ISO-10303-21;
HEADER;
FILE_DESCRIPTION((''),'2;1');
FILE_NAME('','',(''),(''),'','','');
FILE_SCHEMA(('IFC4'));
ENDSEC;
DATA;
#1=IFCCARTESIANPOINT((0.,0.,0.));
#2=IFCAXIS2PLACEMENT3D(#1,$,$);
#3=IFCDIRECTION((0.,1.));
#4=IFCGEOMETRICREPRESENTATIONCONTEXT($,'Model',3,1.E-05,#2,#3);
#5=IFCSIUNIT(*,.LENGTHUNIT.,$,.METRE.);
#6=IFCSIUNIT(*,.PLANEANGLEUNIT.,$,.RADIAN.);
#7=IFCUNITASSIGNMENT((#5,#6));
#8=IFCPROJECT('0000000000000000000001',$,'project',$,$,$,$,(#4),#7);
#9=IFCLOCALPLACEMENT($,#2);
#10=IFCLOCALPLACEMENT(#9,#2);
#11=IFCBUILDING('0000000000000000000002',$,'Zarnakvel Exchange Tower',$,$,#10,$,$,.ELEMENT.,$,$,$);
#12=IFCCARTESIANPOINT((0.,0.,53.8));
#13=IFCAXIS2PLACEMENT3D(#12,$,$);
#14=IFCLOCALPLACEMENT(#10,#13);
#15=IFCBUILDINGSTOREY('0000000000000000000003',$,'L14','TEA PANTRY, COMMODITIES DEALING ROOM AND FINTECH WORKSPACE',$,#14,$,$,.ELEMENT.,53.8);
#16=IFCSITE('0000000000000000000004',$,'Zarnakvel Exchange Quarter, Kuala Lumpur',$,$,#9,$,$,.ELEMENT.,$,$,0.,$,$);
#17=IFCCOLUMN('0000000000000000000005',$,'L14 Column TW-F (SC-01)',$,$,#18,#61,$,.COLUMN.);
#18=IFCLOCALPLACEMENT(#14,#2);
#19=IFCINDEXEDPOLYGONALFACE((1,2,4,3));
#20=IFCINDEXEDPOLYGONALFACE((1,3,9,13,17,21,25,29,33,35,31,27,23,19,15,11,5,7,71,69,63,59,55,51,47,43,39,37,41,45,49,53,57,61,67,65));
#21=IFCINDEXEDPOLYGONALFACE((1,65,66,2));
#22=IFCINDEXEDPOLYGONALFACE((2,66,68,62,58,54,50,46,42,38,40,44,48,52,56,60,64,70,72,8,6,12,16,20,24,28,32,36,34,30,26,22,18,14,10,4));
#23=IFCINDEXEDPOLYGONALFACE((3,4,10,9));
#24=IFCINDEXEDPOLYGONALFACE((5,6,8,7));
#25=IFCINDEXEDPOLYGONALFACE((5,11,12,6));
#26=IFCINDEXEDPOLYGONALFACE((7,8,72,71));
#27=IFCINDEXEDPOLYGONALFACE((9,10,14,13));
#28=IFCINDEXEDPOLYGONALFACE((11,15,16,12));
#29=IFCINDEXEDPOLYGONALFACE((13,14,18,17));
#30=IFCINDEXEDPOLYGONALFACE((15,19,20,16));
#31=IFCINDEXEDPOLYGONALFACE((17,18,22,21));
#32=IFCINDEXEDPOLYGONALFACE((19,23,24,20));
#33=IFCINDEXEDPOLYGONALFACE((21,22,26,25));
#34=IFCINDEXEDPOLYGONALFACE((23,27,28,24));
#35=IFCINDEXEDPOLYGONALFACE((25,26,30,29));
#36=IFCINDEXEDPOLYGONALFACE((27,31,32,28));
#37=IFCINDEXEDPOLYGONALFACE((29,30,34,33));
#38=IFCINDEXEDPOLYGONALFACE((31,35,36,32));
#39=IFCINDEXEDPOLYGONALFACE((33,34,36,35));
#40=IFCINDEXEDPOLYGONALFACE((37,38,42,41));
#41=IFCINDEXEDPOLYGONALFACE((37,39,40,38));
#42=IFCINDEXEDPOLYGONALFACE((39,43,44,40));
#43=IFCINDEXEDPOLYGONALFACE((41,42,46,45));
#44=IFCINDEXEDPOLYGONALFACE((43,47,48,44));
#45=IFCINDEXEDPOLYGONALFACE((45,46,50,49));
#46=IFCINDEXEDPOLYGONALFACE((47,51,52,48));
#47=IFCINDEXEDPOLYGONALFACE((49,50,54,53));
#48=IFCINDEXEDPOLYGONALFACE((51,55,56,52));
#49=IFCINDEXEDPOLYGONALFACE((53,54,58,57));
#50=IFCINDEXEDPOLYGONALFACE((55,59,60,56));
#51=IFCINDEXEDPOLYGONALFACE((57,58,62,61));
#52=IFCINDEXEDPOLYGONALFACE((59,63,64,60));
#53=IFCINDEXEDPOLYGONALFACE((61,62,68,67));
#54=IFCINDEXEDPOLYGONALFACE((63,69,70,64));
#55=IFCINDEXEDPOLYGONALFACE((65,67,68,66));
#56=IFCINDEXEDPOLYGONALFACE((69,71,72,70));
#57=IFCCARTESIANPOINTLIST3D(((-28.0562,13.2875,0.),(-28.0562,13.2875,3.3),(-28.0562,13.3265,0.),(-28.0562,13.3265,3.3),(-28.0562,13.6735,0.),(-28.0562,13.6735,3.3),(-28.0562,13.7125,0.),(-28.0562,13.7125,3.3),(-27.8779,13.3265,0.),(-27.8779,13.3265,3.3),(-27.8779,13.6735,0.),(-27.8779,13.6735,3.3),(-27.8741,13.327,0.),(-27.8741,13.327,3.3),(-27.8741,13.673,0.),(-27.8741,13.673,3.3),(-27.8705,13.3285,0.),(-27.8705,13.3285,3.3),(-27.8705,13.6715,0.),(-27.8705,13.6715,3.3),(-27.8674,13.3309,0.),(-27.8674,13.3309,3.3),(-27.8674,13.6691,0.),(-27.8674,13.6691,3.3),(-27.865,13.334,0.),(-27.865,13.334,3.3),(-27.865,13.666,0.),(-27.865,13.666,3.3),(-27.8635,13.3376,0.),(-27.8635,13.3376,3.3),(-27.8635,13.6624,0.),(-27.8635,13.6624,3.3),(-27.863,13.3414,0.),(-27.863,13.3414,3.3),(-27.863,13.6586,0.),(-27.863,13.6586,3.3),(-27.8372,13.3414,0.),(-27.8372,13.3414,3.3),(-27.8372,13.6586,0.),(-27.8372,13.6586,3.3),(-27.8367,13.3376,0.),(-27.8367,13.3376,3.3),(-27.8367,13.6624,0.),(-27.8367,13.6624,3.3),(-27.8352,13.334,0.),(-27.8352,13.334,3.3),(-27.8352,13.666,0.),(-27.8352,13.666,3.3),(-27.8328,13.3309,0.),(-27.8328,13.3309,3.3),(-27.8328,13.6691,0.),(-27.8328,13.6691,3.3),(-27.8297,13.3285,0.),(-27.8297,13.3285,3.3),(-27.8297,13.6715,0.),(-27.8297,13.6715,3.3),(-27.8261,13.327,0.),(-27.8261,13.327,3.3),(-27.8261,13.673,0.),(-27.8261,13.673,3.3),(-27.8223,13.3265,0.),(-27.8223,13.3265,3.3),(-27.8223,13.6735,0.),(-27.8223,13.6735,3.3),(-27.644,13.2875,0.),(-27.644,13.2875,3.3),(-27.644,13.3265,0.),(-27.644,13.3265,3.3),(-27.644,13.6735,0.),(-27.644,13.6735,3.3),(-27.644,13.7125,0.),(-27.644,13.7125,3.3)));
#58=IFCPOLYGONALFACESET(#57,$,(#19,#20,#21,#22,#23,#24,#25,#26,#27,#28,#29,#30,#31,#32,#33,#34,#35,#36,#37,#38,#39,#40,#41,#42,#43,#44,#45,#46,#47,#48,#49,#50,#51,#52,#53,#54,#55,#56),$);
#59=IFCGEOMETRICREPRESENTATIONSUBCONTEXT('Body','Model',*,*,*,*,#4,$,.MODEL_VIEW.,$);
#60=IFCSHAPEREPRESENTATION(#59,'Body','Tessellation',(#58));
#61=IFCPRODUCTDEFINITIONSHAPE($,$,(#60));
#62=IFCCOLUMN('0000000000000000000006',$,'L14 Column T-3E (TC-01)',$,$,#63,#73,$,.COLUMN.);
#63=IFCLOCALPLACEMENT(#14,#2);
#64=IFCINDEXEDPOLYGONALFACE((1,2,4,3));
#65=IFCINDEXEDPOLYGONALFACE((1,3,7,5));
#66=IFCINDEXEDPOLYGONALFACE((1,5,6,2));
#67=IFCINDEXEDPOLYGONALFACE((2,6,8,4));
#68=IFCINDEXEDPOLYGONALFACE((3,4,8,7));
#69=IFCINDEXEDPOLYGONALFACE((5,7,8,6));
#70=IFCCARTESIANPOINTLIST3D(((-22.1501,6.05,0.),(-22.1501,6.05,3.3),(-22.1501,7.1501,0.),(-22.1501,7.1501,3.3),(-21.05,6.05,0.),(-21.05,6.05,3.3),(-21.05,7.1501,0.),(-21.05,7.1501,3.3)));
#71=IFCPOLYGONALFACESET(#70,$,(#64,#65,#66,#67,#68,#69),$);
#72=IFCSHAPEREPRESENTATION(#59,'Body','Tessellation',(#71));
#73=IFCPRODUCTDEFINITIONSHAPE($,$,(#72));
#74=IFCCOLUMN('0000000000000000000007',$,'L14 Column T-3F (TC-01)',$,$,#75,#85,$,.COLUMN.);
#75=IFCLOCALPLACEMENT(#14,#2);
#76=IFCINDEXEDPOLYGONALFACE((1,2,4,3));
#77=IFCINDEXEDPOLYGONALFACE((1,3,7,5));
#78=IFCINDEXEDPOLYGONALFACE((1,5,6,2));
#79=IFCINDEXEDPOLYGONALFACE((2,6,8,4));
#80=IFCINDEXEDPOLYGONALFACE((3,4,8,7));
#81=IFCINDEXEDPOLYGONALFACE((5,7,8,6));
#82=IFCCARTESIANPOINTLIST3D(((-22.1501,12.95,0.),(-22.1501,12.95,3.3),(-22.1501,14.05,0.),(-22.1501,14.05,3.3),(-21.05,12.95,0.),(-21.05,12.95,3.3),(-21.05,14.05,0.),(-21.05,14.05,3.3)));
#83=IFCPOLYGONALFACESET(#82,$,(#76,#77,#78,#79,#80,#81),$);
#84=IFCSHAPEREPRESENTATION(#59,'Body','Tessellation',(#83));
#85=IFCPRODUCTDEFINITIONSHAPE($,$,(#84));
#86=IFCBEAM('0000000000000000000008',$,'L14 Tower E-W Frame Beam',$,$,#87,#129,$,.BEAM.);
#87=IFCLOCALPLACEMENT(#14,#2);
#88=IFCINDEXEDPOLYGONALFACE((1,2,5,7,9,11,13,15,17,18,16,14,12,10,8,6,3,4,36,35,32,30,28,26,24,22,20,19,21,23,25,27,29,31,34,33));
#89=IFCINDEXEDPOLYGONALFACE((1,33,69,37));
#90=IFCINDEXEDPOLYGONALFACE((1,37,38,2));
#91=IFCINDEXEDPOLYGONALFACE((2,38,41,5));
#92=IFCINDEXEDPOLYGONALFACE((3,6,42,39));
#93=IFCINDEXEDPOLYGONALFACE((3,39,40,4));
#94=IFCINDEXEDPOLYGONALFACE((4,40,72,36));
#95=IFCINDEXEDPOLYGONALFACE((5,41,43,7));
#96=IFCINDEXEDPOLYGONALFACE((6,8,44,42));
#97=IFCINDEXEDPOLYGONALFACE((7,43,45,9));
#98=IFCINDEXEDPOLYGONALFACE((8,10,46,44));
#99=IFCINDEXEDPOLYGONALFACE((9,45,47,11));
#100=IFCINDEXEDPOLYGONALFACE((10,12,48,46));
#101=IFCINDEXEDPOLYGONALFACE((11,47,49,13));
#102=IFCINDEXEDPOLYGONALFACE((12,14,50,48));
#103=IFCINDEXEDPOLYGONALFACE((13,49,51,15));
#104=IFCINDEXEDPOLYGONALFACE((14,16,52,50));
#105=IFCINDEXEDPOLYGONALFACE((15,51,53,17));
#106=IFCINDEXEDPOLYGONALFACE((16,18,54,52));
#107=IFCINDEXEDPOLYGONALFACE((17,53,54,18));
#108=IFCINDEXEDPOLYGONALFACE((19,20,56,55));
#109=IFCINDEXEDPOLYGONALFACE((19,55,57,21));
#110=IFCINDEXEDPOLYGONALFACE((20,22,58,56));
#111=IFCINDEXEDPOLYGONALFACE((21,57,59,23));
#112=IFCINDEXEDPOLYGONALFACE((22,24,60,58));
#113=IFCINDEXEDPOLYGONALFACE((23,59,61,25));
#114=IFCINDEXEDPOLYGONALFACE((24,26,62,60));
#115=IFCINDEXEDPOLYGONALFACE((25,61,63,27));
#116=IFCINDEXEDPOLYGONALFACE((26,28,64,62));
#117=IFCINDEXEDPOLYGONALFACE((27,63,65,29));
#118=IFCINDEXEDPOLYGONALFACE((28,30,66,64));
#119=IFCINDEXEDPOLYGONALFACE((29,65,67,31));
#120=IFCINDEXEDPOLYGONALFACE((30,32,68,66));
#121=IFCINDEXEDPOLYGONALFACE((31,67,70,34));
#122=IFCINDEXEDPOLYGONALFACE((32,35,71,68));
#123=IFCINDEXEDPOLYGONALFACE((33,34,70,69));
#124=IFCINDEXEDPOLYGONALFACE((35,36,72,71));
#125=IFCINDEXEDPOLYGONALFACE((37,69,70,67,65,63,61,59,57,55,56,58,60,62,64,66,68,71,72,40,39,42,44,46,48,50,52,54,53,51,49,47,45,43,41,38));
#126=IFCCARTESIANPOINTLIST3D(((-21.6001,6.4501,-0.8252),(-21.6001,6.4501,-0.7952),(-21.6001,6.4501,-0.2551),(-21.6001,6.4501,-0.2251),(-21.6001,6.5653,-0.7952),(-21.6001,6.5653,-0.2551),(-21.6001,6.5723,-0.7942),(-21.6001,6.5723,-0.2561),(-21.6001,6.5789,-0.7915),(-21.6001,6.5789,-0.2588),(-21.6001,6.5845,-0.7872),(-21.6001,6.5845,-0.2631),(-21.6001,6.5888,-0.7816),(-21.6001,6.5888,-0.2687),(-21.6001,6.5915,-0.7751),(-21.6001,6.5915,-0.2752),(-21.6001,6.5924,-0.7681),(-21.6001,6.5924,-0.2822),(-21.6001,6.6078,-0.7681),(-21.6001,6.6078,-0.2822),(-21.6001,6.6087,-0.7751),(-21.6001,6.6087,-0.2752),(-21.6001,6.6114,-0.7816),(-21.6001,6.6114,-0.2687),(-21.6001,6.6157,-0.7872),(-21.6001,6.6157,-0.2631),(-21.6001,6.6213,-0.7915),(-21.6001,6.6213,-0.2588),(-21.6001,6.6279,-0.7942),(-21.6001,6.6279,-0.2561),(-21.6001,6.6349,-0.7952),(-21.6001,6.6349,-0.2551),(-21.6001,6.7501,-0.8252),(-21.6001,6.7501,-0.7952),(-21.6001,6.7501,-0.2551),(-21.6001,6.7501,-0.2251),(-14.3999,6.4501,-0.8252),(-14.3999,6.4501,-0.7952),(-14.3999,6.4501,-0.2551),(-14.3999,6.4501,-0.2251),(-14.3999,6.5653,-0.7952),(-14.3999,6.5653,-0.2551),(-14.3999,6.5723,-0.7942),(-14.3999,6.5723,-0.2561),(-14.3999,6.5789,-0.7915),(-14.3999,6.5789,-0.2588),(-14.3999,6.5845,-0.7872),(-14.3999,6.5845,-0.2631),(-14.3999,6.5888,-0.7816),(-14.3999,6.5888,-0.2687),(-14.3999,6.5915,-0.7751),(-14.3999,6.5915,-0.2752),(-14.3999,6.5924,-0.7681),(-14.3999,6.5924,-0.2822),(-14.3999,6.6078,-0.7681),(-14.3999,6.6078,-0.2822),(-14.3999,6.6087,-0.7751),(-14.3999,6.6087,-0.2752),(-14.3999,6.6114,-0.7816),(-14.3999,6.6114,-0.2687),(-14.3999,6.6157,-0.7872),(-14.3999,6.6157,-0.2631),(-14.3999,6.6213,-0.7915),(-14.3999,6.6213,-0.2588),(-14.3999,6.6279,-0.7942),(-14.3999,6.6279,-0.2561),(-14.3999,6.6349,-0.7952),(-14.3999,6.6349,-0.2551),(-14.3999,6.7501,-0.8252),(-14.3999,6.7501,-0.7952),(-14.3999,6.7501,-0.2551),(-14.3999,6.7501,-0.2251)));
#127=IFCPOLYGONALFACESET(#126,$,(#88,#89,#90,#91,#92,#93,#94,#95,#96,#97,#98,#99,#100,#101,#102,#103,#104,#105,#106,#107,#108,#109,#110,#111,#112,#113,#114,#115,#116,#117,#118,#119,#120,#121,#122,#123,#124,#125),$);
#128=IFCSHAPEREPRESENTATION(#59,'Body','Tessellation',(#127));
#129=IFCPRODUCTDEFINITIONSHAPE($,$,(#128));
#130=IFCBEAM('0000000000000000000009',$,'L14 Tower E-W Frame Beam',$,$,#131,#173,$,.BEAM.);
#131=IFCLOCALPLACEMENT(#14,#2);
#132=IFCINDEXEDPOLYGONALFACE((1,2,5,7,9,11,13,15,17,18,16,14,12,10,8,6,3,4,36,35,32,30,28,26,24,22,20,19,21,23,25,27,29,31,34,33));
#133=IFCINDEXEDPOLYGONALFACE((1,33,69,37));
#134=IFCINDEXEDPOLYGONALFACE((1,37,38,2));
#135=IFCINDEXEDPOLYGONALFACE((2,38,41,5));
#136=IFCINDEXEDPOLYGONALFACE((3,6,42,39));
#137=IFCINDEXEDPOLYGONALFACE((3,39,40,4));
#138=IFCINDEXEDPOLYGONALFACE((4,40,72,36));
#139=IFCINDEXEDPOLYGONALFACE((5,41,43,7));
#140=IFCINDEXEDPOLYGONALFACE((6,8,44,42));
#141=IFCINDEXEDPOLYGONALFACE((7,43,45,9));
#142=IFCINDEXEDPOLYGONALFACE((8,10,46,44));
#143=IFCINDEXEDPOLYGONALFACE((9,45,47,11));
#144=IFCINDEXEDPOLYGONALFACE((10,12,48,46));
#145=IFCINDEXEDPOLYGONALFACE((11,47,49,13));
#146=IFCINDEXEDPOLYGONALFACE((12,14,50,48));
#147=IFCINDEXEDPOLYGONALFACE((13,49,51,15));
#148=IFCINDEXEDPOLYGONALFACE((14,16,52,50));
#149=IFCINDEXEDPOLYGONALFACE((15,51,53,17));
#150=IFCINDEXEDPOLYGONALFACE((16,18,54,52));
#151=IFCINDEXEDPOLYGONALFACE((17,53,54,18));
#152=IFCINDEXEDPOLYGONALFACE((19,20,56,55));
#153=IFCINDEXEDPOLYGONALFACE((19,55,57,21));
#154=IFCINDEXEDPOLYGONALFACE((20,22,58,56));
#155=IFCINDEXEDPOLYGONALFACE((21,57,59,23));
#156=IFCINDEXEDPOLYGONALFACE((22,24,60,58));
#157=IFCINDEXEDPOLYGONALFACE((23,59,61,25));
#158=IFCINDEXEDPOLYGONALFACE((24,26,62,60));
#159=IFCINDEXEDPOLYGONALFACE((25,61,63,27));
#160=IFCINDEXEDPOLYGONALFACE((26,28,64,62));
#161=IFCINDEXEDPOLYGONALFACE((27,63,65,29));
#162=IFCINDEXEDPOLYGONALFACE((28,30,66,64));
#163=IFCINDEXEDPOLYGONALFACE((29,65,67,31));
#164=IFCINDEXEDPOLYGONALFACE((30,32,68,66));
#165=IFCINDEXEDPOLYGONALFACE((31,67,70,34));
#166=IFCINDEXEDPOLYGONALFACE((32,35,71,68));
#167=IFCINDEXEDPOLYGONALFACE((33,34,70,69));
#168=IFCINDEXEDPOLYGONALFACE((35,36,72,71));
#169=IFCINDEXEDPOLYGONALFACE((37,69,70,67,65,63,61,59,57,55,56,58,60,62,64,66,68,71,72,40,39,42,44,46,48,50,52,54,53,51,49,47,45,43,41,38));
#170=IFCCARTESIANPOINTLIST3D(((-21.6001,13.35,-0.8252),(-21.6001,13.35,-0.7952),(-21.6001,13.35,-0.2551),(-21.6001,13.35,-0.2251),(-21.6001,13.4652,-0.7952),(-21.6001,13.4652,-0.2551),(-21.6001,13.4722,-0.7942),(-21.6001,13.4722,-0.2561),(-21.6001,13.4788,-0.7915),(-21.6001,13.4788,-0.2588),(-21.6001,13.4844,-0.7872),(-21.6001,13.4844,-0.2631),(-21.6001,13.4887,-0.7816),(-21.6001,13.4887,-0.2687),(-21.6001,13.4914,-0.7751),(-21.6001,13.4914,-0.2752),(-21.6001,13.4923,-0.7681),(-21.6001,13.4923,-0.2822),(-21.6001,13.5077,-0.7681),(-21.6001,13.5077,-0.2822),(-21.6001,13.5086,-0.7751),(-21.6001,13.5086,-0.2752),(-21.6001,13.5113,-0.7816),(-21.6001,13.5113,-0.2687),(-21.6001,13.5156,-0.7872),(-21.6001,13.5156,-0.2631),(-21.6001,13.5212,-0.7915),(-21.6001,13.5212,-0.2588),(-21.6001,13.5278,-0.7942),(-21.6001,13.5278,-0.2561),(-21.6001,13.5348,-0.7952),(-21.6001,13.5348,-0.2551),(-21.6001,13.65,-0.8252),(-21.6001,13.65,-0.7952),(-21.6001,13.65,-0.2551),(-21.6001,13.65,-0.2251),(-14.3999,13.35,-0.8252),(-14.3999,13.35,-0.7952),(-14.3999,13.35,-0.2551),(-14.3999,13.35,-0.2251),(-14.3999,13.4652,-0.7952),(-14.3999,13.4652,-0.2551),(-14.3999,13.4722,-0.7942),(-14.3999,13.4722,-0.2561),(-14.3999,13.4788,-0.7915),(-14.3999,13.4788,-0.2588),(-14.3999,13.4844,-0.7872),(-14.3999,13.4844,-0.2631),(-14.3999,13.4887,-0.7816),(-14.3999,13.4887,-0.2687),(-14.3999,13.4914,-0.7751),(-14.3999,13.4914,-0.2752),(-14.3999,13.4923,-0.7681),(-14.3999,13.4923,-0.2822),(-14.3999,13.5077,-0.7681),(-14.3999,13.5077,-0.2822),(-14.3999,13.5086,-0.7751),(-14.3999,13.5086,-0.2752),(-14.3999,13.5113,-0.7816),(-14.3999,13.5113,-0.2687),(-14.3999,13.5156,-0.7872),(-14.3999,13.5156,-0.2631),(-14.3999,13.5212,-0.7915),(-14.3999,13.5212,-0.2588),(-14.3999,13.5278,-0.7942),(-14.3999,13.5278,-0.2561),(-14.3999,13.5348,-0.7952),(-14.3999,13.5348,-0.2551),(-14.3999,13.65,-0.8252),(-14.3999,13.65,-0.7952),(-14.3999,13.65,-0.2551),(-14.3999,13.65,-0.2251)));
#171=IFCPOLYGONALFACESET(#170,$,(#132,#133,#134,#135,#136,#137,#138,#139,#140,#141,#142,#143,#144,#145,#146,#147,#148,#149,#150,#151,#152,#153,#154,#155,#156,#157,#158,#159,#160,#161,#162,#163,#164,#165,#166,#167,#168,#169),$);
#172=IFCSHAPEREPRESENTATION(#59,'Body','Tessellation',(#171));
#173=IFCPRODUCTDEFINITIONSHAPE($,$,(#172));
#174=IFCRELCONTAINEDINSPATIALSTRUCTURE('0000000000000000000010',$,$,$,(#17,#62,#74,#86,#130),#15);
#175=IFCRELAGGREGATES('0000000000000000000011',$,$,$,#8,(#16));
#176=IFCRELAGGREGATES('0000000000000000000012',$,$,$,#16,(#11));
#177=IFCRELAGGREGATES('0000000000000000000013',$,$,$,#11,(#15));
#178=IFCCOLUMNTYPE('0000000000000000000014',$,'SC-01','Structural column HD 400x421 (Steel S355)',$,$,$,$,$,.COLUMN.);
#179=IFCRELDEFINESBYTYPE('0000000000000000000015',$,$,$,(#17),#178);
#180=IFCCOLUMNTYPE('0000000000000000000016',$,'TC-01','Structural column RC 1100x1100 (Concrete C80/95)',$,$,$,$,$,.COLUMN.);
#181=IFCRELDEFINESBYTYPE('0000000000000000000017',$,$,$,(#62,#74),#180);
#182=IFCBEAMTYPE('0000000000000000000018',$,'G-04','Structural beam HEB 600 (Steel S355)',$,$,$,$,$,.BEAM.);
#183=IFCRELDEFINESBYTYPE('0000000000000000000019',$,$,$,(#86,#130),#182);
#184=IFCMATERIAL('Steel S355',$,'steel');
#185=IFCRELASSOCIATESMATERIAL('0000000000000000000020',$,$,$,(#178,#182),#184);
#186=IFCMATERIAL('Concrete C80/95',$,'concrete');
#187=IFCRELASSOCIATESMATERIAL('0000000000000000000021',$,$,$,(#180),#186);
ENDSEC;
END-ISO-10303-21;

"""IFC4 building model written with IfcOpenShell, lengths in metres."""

from ifc_helpers import new_model, si_unit, direction, frame, origin, origin_2d, place, context, subcontext, project, spatial, rectangle, i_section, extrude, material, material_profile, profile_set, type_object, element, save


model = new_model("IFC4")

# Units and contexts
model_context = context("Model", 3, precision=1e-05, world=origin(), true_north=direction((0.0, 1.0)))
body_context = subcontext(model_context, "Body", "Model", "MODEL_VIEW")
ifc_project = project(units=[si_unit("LENGTHUNIT", "METRE"), si_unit("PLANEANGLEUNIT", "RADIAN")], contexts=[model_context])

# Site, building, storey
site_placement = place(None, origin())
site = spatial("IfcSite", under=ifc_project, at=site_placement, Name="Zarnakvel Exchange Quarter, Kuala Lumpur", CompositionType="ELEMENT", RefElevation=0.0)
building_placement = place(site_placement, origin())
building = spatial("IfcBuilding", under=site, at=building_placement, Name="Zarnakvel Exchange Tower", CompositionType="ELEMENT")
storey_placement = place(building_placement, frame((0.0, 0.0, 53.8)))
storey = spatial("IfcBuildingStorey", under=building, at=storey_placement, Name="L14", Description="TEA PANTRY, COMMODITIES DEALING ROOM AND FINTECH WORKSPACE", CompositionType="ELEMENT", Elevation=53.8)

# Columns
ifc_material_1 = material(Name="Steel S355", Category="steel")
ifc_material_profile_1 = material_profile(ifc_material_1, i_section(OverallWidth=0.4121, OverallDepth=0.425, WebThickness=0.0259, FlangeThickness=0.0391, FilletRadius=0.0149, at=origin_2d()))
ifc_profile_set_1 = profile_set([ifc_material_profile_1], Name="Steel S355")
column_type_1 = type_object("IfcColumnType", Name="SC-01", Description="Structural column HD 400x421 (Steel S355)", PredefinedType="COLUMN", material=ifc_profile_set_1)
column_placement = place(storey_placement, frame((-27.8501, 13.5, 0.0), z_axis=(0.0, 0.0, 1.0), x_axis=(1.0, 0.0, 0.0)))
element("IfcColumn", 1, at=column_placement, inside=storey, type_object=column_type_1, Name="L14 Column TW-F (SC-01)", PredefinedType="COLUMN", context=body_context, shape_type="SweptSolid", body=[
    extrude(i_section(OverallWidth=0.4121, OverallDepth=0.425, WebThickness=0.0259, FlangeThickness=0.0391, FilletRadius=0.0149, at=origin_2d()), origin(), (0.0, 0.0, 1.0), 3.3),
])
ifc_material_2 = material(Name="Concrete C80/95", Category="concrete")
ifc_material_profile_2 = material_profile(ifc_material_2, rectangle(XDim=1.1001, YDim=1.1001, at=origin_2d()))
ifc_profile_set_2 = profile_set([ifc_material_profile_2], Name="Concrete C80/95")
column_type_2 = type_object("IfcColumnType", Name="TC-01", Description="Structural column RC 1100x1100 (Concrete C80/95)", PredefinedType="COLUMN", material=ifc_profile_set_2)
for number, where, z_axis, x_axis, name in (
    (2, (-21.6001, 6.6001, 0.0), (0.0, 0.0, 1.0), (1.0, 0.0, 0.0), "L14 Column T-3E (TC-01)"),
    (3, (-21.6001, 13.5, 0.0), (0.0, 0.0, 1.0), (1.0, 0.0, 0.0), "L14 Column T-3F (TC-01)"),
):
    element("IfcColumn", number, at=place(storey_placement, frame(where, z_axis=z_axis, x_axis=x_axis)), inside=storey, type_object=column_type_2, Name=name, PredefinedType="COLUMN", context=body_context, shape_type="SweptSolid", body=[
        extrude(rectangle(XDim=1.1001, YDim=1.1001, at=origin_2d()), origin(), (0.0, 0.0, 1.0), 3.3),
    ])

# Beams
ifc_material_profile_3 = material_profile(ifc_material_1, i_section(OverallWidth=0.3, OverallDepth=0.6001, WebThickness=0.0154, FlangeThickness=0.03, FilletRadius=0.0271, at=origin_2d()))
ifc_profile_set_3 = profile_set([ifc_material_profile_3], Name="Steel S355")
beam_type_1 = type_object("IfcBeamType", Name="G-04", Description="Structural beam HEB 600 (Steel S355)", PredefinedType="BEAM", material=ifc_profile_set_3)
for number, where, z_axis, x_axis, name in (
    (4, (-21.6001, 6.6001, -0.5251), (1.0, 0.0, 0.0), (0.0, 1.0, 0.0), "L14 Tower E-W Frame Beam"),
    (5, (-21.6001, 13.5, -0.5251), (1.0, 0.0, 0.0), (0.0, 1.0, 0.0), "L14 Tower E-W Frame Beam"),
):
    element("IfcBeam", number, at=place(storey_placement, frame(where, z_axis=z_axis, x_axis=x_axis)), inside=storey, type_object=beam_type_1, Name=name, PredefinedType="BEAM", context=body_context, shape_type="SweptSolid", body=[
        extrude(i_section(OverallWidth=0.3, OverallDepth=0.6001, WebThickness=0.0154, FlangeThickness=0.03, FilletRadius=0.0271, at=origin_2d()), origin(), (0.0, 0.0, 1.0), 7.2002),
    ])

save(model, "model.ifc")
